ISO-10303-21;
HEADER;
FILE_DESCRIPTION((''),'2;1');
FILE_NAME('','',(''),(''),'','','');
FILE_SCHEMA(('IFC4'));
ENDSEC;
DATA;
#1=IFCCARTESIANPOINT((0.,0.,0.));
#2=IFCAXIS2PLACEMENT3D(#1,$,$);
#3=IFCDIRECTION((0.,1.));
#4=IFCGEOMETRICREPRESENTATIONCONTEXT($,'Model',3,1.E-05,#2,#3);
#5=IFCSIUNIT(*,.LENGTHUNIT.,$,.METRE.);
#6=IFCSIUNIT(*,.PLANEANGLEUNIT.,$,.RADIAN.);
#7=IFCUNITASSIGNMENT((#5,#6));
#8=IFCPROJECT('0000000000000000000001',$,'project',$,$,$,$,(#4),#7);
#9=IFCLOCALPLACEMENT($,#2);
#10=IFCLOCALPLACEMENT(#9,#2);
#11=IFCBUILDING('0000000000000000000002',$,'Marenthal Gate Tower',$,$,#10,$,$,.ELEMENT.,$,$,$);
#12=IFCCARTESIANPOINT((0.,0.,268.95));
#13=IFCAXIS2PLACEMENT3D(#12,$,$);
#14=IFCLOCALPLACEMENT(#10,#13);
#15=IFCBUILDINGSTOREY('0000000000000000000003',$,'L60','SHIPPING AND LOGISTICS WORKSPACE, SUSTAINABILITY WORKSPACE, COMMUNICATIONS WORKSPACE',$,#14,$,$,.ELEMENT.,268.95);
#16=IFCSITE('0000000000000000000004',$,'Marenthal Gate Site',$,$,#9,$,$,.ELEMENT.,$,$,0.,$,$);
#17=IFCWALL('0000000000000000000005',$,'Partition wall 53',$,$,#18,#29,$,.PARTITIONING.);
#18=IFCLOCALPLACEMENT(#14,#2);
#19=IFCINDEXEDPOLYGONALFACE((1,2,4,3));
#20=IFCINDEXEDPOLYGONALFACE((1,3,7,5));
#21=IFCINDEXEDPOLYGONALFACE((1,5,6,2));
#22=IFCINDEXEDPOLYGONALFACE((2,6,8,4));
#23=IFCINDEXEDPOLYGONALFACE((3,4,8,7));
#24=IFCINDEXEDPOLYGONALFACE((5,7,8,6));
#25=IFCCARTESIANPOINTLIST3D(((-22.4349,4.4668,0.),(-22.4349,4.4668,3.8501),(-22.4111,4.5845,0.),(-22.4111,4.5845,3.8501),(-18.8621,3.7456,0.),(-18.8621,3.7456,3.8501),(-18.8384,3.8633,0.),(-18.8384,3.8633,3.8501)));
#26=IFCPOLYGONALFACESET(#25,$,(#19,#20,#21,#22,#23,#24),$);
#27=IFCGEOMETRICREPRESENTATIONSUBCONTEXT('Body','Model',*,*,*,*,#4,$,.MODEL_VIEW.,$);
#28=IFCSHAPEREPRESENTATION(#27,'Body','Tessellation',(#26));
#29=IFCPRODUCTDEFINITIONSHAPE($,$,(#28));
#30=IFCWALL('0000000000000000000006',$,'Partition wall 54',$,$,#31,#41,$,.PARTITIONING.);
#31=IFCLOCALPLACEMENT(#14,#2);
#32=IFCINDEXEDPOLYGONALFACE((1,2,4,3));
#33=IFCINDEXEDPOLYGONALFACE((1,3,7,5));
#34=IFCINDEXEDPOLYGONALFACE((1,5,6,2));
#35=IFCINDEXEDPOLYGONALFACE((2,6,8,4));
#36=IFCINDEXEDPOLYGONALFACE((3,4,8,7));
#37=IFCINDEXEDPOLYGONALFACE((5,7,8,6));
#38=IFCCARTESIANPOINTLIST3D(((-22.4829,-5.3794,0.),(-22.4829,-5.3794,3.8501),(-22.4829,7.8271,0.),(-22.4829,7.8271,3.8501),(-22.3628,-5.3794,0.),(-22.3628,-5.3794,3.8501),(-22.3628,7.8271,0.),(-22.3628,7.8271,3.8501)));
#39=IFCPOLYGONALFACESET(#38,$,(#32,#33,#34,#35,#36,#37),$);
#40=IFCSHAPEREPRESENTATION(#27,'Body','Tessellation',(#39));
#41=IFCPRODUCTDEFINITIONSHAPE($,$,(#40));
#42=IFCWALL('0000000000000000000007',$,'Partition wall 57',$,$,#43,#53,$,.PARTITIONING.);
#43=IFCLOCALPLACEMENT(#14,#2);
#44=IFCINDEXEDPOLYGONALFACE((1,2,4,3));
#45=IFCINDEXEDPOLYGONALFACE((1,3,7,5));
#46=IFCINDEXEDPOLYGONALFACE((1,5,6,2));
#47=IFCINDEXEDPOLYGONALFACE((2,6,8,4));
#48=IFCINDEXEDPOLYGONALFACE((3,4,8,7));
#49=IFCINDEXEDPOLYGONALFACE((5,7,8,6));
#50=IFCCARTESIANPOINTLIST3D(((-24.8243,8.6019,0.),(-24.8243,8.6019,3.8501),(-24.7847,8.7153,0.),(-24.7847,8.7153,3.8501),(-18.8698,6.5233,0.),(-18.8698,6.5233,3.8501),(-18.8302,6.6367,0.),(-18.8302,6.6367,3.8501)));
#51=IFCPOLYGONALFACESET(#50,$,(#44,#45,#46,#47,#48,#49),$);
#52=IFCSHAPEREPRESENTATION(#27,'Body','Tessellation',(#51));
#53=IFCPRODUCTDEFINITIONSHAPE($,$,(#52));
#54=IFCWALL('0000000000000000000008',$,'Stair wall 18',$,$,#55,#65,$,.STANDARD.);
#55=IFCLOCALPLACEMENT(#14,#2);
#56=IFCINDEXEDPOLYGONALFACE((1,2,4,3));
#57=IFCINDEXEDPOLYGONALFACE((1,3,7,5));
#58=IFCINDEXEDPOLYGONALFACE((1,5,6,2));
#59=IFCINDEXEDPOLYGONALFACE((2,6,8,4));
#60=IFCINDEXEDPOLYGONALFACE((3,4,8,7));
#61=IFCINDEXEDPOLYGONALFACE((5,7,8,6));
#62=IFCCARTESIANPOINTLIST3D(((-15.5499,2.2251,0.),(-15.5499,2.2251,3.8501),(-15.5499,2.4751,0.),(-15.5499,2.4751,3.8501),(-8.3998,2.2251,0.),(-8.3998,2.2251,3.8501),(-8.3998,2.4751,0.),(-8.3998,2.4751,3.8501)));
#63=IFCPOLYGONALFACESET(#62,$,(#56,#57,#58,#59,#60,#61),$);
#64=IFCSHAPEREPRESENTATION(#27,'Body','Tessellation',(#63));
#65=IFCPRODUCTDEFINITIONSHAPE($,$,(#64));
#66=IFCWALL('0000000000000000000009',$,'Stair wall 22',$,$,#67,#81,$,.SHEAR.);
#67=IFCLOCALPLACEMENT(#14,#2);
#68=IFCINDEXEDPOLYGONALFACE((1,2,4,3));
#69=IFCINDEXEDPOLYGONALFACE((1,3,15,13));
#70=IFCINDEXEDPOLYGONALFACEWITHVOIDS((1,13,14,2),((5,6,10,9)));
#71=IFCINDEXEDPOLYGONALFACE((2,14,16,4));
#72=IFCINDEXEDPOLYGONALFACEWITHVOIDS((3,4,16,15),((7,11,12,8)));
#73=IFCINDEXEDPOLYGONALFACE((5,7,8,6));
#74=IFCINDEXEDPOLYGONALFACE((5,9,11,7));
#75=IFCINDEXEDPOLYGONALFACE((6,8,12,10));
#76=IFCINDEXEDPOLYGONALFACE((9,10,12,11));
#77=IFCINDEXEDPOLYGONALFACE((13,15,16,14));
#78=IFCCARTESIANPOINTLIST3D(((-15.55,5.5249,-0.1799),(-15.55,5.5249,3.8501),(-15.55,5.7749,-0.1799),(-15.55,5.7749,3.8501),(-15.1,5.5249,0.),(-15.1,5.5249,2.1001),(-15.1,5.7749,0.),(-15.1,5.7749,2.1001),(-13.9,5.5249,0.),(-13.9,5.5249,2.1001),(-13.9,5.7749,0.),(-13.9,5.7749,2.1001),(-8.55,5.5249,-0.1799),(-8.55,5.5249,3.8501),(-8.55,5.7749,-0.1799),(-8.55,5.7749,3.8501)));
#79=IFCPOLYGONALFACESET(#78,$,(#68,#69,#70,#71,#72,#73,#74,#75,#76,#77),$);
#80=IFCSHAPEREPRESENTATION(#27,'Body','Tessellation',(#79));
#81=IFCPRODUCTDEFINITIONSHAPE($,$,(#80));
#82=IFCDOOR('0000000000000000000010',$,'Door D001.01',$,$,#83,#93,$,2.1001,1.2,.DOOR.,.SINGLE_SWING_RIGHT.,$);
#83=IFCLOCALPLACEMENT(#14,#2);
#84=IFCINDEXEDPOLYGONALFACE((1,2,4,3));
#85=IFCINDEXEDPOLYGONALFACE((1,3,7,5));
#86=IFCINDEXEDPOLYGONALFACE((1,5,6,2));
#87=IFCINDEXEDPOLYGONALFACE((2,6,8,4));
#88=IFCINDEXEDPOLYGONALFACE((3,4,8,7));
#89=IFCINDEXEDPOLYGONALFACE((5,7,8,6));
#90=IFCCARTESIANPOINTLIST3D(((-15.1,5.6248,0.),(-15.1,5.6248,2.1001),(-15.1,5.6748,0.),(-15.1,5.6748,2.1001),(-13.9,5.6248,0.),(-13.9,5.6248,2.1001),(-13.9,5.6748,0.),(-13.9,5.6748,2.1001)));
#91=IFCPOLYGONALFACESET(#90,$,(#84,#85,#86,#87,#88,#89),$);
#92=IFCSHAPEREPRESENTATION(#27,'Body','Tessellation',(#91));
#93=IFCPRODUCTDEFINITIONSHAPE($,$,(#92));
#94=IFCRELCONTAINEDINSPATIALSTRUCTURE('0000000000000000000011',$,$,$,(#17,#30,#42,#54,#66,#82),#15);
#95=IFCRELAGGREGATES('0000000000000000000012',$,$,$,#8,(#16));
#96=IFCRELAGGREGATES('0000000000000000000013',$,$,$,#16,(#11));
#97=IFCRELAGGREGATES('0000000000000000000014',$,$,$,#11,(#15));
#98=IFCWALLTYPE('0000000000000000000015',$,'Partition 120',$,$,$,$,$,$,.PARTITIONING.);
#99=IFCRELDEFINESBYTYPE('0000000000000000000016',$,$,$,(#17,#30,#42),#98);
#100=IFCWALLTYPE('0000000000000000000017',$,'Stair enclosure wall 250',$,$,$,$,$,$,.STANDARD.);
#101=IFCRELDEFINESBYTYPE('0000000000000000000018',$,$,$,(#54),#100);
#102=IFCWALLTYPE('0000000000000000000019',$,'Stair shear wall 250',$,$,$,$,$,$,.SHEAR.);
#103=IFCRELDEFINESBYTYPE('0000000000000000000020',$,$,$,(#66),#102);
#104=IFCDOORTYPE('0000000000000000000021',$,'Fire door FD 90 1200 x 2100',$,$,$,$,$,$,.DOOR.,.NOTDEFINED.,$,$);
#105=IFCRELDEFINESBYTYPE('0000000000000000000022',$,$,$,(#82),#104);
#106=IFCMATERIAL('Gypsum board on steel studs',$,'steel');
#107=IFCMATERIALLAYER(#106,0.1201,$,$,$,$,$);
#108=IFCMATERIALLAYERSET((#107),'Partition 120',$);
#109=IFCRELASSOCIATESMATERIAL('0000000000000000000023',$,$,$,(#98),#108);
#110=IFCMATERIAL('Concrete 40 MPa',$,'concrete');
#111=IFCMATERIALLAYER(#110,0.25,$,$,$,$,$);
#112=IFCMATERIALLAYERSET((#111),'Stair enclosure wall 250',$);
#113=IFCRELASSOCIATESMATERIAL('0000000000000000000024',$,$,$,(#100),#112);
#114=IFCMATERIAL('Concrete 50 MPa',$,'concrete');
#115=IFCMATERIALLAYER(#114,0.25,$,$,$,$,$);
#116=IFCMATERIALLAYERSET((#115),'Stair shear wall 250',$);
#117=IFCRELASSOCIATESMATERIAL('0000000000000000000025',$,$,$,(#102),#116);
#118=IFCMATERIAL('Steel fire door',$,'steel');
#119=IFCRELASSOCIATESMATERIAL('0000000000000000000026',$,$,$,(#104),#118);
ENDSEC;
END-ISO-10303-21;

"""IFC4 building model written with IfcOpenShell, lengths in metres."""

from ifc_helpers import new_model, si_unit, direction, frame, frame_2d, origin, place, context, subcontext, project, spatial, rectangle, extrude, material, layer, layer_set, type_object, element, fill, save


model = new_model("IFC4")

# Units and contexts
model_context = context("Model", 3, precision=1e-05, world=origin(), true_north=direction((0.0, 1.0)))
body_context = subcontext(model_context, "Body", "Model", "MODEL_VIEW")
ifc_project = project(units=[si_unit("LENGTHUNIT", "METRE"), si_unit("PLANEANGLEUNIT", "RADIAN")], contexts=[model_context])

# Site, building, storey
site_placement = place(None, origin())
site = spatial("IfcSite", under=ifc_project, at=site_placement, Name="Marenthal Gate Site", CompositionType="ELEMENT", RefElevation=0.0)
building_placement = place(site_placement, origin())
building = spatial("IfcBuilding", under=site, at=building_placement, Name="Marenthal Gate Tower", CompositionType="ELEMENT")
storey_placement = place(building_placement, frame((0.0, 0.0, 268.95)))
storey = spatial("IfcBuildingStorey", under=building, at=storey_placement, Name="L60", Description="SHIPPING AND LOGISTICS WORKSPACE, SUSTAINABILITY WORKSPACE, COMMUNICATIONS WORKSPACE", CompositionType="ELEMENT", Elevation=268.95)

# Walls
ifc_material_1 = material(Name="Gypsum board on steel studs", Category="steel")
ifc_layer_1 = layer(ifc_material_1, 0.1201)
ifc_layer_set_1 = layer_set([ifc_layer_1], Name="Partition 120")
wall_type_1 = type_object("IfcWallType", Name="Partition 120", PredefinedType="PARTITIONING", material=ifc_layer_set_1)
wall_1_placement = place(storey_placement, frame((-22.4229, 4.5256, 0.0), z_axis=(0.0, 0.0, 1.0), x_axis=(0.980229, -0.197868, 0.0)))
element("IfcWall", 1, at=wall_1_placement, inside=storey, type_object=wall_type_1, Name="Partition wall 53", PredefinedType="PARTITIONING", context=body_context, shape_type="SweptSolid", body=[
    extrude(rectangle(XDim=3.6448, YDim=0.1201, at=frame_2d((1.8223, 0.0))), origin(), (0.0, 0.0, 1.0), 3.8501),
])
wall_2_placement = place(storey_placement, frame((-22.4229, 7.8271, 0.0), z_axis=(0.0, 0.0, 1.0), x_axis=(0.0, -1.0, 0.0)))
element("IfcWall", 2, at=wall_2_placement, inside=storey, type_object=wall_type_1, Name="Partition wall 54", PredefinedType="PARTITIONING", context=body_context, shape_type="SweptSolid", body=[
    extrude(rectangle(XDim=13.2065, YDim=0.1201, at=frame_2d((6.6033, 0.0))), origin(), (0.0, 0.0, 1.0), 3.8501),
])
wall_3_placement = place(storey_placement, frame((-18.8501, 6.5801, 0.0), z_axis=(0.0, 0.0, 1.0), x_axis=(-0.94413, 0.329574, 0.0)))
element("IfcWall", 3, at=wall_3_placement, inside=storey, type_object=wall_type_1, Name="Partition wall 57", PredefinedType="PARTITIONING", context=body_context, shape_type="SweptSolid", body=[
    extrude(rectangle(XDim=6.3069, YDim=0.1201, at=frame_2d((3.1533, 0.0))), origin(), (0.0, 0.0, 1.0), 3.8501),
])
ifc_material_2 = material(Name="Concrete 40 MPa", Category="concrete")
ifc_layer_2 = layer(ifc_material_2, 0.25)
ifc_layer_set_2 = layer_set([ifc_layer_2], Name="Stair enclosure wall 250")
wall_type_2 = type_object("IfcWallType", Name="Stair enclosure wall 250", PredefinedType="STANDARD", material=ifc_layer_set_2)
wall_4_placement = place(storey_placement, frame((-15.55, 2.3501, 0.0), z_axis=(0.0, 0.0, 1.0), x_axis=(1.0, 0.0, 0.0)))
element("IfcWall", 4, at=wall_4_placement, inside=storey, type_object=wall_type_2, Name="Stair wall 18", PredefinedType="STANDARD", context=body_context, shape_type="SweptSolid", body=[
    extrude(rectangle(XDim=7.1501, YDim=0.25, at=frame_2d((3.5752, 0.0))), origin(), (0.0, 0.0, 1.0), 3.8501),
])

# Wall, opening, door
ifc_material_3 = material(Name="Concrete 50 MPa", Category="concrete")
ifc_layer_3 = layer(ifc_material_3, 0.25)
ifc_layer_set_3 = layer_set([ifc_layer_3], Name="Stair shear wall 250")
wall_type_3 = type_object("IfcWallType", Name="Stair shear wall 250", PredefinedType="SHEAR", material=ifc_layer_set_3)
wall_5_placement = place(storey_placement, frame((-15.55, 5.6499, -0.1799), z_axis=(0.0, 0.0, 1.0), x_axis=(1.0, 0.0, 0.0)))
wall_5 = element("IfcWall", 5, at=wall_5_placement, inside=storey, type_object=wall_type_3, Name="Stair wall 22", PredefinedType="SHEAR", context=body_context, shape_type="SweptSolid", body=[
    extrude(rectangle(XDim=7.0, YDim=0.25, at=frame_2d((3.5, 0.0))), origin(), (0.0, 0.0, 1.0), 4.03),
])
opening_1_placement = place(wall_5_placement, frame((0.45, 0.0, 0.1799)))
opening_1 = element("IfcOpeningElement", 6, at=opening_1_placement, cuts=wall_5, PredefinedType="OPENING", context=body_context, shape_type="SweptSolid", body=[
    extrude(rectangle(XDim=1.2, YDim=2.1001, at=frame_2d((0.6001, 1.05))), frame((0.0, 0.135, 0.0), z_axis=(0.0, -1.0, 0.0), x_axis=(1.0, 0.0, 0.0)), (0.0, 0.0, 1.0), 0.27),
])
ifc_material_4 = material(Name="Steel fire door", Category="steel")
door_type_1 = type_object("IfcDoorType", Name="Fire door FD 90 1200 x 2100", OperationType="NOTDEFINED", PredefinedType="DOOR", material=ifc_material_4)
door_1_placement = place(opening_1_placement, origin())
door_1 = element("IfcDoor", 7, at=door_1_placement, inside=storey, type_object=door_type_1, Name="Door D001.01", OperationType="SINGLE_SWING_RIGHT", OverallHeight=2.1001, OverallWidth=1.2, PredefinedType="DOOR", context=body_context, shape_type="SweptSolid", body=[
    extrude(rectangle(XDim=1.2, YDim=2.1001, at=frame_2d((0.6001, 1.05))), frame((0.0, 0.0249, 0.0), z_axis=(0.0, -1.0, 0.0), x_axis=(1.0, 0.0, 0.0)), (0.0, 0.0, 1.0), 0.05),
])
fill(opening_1, door_1)

save(model, "model.ifc")
